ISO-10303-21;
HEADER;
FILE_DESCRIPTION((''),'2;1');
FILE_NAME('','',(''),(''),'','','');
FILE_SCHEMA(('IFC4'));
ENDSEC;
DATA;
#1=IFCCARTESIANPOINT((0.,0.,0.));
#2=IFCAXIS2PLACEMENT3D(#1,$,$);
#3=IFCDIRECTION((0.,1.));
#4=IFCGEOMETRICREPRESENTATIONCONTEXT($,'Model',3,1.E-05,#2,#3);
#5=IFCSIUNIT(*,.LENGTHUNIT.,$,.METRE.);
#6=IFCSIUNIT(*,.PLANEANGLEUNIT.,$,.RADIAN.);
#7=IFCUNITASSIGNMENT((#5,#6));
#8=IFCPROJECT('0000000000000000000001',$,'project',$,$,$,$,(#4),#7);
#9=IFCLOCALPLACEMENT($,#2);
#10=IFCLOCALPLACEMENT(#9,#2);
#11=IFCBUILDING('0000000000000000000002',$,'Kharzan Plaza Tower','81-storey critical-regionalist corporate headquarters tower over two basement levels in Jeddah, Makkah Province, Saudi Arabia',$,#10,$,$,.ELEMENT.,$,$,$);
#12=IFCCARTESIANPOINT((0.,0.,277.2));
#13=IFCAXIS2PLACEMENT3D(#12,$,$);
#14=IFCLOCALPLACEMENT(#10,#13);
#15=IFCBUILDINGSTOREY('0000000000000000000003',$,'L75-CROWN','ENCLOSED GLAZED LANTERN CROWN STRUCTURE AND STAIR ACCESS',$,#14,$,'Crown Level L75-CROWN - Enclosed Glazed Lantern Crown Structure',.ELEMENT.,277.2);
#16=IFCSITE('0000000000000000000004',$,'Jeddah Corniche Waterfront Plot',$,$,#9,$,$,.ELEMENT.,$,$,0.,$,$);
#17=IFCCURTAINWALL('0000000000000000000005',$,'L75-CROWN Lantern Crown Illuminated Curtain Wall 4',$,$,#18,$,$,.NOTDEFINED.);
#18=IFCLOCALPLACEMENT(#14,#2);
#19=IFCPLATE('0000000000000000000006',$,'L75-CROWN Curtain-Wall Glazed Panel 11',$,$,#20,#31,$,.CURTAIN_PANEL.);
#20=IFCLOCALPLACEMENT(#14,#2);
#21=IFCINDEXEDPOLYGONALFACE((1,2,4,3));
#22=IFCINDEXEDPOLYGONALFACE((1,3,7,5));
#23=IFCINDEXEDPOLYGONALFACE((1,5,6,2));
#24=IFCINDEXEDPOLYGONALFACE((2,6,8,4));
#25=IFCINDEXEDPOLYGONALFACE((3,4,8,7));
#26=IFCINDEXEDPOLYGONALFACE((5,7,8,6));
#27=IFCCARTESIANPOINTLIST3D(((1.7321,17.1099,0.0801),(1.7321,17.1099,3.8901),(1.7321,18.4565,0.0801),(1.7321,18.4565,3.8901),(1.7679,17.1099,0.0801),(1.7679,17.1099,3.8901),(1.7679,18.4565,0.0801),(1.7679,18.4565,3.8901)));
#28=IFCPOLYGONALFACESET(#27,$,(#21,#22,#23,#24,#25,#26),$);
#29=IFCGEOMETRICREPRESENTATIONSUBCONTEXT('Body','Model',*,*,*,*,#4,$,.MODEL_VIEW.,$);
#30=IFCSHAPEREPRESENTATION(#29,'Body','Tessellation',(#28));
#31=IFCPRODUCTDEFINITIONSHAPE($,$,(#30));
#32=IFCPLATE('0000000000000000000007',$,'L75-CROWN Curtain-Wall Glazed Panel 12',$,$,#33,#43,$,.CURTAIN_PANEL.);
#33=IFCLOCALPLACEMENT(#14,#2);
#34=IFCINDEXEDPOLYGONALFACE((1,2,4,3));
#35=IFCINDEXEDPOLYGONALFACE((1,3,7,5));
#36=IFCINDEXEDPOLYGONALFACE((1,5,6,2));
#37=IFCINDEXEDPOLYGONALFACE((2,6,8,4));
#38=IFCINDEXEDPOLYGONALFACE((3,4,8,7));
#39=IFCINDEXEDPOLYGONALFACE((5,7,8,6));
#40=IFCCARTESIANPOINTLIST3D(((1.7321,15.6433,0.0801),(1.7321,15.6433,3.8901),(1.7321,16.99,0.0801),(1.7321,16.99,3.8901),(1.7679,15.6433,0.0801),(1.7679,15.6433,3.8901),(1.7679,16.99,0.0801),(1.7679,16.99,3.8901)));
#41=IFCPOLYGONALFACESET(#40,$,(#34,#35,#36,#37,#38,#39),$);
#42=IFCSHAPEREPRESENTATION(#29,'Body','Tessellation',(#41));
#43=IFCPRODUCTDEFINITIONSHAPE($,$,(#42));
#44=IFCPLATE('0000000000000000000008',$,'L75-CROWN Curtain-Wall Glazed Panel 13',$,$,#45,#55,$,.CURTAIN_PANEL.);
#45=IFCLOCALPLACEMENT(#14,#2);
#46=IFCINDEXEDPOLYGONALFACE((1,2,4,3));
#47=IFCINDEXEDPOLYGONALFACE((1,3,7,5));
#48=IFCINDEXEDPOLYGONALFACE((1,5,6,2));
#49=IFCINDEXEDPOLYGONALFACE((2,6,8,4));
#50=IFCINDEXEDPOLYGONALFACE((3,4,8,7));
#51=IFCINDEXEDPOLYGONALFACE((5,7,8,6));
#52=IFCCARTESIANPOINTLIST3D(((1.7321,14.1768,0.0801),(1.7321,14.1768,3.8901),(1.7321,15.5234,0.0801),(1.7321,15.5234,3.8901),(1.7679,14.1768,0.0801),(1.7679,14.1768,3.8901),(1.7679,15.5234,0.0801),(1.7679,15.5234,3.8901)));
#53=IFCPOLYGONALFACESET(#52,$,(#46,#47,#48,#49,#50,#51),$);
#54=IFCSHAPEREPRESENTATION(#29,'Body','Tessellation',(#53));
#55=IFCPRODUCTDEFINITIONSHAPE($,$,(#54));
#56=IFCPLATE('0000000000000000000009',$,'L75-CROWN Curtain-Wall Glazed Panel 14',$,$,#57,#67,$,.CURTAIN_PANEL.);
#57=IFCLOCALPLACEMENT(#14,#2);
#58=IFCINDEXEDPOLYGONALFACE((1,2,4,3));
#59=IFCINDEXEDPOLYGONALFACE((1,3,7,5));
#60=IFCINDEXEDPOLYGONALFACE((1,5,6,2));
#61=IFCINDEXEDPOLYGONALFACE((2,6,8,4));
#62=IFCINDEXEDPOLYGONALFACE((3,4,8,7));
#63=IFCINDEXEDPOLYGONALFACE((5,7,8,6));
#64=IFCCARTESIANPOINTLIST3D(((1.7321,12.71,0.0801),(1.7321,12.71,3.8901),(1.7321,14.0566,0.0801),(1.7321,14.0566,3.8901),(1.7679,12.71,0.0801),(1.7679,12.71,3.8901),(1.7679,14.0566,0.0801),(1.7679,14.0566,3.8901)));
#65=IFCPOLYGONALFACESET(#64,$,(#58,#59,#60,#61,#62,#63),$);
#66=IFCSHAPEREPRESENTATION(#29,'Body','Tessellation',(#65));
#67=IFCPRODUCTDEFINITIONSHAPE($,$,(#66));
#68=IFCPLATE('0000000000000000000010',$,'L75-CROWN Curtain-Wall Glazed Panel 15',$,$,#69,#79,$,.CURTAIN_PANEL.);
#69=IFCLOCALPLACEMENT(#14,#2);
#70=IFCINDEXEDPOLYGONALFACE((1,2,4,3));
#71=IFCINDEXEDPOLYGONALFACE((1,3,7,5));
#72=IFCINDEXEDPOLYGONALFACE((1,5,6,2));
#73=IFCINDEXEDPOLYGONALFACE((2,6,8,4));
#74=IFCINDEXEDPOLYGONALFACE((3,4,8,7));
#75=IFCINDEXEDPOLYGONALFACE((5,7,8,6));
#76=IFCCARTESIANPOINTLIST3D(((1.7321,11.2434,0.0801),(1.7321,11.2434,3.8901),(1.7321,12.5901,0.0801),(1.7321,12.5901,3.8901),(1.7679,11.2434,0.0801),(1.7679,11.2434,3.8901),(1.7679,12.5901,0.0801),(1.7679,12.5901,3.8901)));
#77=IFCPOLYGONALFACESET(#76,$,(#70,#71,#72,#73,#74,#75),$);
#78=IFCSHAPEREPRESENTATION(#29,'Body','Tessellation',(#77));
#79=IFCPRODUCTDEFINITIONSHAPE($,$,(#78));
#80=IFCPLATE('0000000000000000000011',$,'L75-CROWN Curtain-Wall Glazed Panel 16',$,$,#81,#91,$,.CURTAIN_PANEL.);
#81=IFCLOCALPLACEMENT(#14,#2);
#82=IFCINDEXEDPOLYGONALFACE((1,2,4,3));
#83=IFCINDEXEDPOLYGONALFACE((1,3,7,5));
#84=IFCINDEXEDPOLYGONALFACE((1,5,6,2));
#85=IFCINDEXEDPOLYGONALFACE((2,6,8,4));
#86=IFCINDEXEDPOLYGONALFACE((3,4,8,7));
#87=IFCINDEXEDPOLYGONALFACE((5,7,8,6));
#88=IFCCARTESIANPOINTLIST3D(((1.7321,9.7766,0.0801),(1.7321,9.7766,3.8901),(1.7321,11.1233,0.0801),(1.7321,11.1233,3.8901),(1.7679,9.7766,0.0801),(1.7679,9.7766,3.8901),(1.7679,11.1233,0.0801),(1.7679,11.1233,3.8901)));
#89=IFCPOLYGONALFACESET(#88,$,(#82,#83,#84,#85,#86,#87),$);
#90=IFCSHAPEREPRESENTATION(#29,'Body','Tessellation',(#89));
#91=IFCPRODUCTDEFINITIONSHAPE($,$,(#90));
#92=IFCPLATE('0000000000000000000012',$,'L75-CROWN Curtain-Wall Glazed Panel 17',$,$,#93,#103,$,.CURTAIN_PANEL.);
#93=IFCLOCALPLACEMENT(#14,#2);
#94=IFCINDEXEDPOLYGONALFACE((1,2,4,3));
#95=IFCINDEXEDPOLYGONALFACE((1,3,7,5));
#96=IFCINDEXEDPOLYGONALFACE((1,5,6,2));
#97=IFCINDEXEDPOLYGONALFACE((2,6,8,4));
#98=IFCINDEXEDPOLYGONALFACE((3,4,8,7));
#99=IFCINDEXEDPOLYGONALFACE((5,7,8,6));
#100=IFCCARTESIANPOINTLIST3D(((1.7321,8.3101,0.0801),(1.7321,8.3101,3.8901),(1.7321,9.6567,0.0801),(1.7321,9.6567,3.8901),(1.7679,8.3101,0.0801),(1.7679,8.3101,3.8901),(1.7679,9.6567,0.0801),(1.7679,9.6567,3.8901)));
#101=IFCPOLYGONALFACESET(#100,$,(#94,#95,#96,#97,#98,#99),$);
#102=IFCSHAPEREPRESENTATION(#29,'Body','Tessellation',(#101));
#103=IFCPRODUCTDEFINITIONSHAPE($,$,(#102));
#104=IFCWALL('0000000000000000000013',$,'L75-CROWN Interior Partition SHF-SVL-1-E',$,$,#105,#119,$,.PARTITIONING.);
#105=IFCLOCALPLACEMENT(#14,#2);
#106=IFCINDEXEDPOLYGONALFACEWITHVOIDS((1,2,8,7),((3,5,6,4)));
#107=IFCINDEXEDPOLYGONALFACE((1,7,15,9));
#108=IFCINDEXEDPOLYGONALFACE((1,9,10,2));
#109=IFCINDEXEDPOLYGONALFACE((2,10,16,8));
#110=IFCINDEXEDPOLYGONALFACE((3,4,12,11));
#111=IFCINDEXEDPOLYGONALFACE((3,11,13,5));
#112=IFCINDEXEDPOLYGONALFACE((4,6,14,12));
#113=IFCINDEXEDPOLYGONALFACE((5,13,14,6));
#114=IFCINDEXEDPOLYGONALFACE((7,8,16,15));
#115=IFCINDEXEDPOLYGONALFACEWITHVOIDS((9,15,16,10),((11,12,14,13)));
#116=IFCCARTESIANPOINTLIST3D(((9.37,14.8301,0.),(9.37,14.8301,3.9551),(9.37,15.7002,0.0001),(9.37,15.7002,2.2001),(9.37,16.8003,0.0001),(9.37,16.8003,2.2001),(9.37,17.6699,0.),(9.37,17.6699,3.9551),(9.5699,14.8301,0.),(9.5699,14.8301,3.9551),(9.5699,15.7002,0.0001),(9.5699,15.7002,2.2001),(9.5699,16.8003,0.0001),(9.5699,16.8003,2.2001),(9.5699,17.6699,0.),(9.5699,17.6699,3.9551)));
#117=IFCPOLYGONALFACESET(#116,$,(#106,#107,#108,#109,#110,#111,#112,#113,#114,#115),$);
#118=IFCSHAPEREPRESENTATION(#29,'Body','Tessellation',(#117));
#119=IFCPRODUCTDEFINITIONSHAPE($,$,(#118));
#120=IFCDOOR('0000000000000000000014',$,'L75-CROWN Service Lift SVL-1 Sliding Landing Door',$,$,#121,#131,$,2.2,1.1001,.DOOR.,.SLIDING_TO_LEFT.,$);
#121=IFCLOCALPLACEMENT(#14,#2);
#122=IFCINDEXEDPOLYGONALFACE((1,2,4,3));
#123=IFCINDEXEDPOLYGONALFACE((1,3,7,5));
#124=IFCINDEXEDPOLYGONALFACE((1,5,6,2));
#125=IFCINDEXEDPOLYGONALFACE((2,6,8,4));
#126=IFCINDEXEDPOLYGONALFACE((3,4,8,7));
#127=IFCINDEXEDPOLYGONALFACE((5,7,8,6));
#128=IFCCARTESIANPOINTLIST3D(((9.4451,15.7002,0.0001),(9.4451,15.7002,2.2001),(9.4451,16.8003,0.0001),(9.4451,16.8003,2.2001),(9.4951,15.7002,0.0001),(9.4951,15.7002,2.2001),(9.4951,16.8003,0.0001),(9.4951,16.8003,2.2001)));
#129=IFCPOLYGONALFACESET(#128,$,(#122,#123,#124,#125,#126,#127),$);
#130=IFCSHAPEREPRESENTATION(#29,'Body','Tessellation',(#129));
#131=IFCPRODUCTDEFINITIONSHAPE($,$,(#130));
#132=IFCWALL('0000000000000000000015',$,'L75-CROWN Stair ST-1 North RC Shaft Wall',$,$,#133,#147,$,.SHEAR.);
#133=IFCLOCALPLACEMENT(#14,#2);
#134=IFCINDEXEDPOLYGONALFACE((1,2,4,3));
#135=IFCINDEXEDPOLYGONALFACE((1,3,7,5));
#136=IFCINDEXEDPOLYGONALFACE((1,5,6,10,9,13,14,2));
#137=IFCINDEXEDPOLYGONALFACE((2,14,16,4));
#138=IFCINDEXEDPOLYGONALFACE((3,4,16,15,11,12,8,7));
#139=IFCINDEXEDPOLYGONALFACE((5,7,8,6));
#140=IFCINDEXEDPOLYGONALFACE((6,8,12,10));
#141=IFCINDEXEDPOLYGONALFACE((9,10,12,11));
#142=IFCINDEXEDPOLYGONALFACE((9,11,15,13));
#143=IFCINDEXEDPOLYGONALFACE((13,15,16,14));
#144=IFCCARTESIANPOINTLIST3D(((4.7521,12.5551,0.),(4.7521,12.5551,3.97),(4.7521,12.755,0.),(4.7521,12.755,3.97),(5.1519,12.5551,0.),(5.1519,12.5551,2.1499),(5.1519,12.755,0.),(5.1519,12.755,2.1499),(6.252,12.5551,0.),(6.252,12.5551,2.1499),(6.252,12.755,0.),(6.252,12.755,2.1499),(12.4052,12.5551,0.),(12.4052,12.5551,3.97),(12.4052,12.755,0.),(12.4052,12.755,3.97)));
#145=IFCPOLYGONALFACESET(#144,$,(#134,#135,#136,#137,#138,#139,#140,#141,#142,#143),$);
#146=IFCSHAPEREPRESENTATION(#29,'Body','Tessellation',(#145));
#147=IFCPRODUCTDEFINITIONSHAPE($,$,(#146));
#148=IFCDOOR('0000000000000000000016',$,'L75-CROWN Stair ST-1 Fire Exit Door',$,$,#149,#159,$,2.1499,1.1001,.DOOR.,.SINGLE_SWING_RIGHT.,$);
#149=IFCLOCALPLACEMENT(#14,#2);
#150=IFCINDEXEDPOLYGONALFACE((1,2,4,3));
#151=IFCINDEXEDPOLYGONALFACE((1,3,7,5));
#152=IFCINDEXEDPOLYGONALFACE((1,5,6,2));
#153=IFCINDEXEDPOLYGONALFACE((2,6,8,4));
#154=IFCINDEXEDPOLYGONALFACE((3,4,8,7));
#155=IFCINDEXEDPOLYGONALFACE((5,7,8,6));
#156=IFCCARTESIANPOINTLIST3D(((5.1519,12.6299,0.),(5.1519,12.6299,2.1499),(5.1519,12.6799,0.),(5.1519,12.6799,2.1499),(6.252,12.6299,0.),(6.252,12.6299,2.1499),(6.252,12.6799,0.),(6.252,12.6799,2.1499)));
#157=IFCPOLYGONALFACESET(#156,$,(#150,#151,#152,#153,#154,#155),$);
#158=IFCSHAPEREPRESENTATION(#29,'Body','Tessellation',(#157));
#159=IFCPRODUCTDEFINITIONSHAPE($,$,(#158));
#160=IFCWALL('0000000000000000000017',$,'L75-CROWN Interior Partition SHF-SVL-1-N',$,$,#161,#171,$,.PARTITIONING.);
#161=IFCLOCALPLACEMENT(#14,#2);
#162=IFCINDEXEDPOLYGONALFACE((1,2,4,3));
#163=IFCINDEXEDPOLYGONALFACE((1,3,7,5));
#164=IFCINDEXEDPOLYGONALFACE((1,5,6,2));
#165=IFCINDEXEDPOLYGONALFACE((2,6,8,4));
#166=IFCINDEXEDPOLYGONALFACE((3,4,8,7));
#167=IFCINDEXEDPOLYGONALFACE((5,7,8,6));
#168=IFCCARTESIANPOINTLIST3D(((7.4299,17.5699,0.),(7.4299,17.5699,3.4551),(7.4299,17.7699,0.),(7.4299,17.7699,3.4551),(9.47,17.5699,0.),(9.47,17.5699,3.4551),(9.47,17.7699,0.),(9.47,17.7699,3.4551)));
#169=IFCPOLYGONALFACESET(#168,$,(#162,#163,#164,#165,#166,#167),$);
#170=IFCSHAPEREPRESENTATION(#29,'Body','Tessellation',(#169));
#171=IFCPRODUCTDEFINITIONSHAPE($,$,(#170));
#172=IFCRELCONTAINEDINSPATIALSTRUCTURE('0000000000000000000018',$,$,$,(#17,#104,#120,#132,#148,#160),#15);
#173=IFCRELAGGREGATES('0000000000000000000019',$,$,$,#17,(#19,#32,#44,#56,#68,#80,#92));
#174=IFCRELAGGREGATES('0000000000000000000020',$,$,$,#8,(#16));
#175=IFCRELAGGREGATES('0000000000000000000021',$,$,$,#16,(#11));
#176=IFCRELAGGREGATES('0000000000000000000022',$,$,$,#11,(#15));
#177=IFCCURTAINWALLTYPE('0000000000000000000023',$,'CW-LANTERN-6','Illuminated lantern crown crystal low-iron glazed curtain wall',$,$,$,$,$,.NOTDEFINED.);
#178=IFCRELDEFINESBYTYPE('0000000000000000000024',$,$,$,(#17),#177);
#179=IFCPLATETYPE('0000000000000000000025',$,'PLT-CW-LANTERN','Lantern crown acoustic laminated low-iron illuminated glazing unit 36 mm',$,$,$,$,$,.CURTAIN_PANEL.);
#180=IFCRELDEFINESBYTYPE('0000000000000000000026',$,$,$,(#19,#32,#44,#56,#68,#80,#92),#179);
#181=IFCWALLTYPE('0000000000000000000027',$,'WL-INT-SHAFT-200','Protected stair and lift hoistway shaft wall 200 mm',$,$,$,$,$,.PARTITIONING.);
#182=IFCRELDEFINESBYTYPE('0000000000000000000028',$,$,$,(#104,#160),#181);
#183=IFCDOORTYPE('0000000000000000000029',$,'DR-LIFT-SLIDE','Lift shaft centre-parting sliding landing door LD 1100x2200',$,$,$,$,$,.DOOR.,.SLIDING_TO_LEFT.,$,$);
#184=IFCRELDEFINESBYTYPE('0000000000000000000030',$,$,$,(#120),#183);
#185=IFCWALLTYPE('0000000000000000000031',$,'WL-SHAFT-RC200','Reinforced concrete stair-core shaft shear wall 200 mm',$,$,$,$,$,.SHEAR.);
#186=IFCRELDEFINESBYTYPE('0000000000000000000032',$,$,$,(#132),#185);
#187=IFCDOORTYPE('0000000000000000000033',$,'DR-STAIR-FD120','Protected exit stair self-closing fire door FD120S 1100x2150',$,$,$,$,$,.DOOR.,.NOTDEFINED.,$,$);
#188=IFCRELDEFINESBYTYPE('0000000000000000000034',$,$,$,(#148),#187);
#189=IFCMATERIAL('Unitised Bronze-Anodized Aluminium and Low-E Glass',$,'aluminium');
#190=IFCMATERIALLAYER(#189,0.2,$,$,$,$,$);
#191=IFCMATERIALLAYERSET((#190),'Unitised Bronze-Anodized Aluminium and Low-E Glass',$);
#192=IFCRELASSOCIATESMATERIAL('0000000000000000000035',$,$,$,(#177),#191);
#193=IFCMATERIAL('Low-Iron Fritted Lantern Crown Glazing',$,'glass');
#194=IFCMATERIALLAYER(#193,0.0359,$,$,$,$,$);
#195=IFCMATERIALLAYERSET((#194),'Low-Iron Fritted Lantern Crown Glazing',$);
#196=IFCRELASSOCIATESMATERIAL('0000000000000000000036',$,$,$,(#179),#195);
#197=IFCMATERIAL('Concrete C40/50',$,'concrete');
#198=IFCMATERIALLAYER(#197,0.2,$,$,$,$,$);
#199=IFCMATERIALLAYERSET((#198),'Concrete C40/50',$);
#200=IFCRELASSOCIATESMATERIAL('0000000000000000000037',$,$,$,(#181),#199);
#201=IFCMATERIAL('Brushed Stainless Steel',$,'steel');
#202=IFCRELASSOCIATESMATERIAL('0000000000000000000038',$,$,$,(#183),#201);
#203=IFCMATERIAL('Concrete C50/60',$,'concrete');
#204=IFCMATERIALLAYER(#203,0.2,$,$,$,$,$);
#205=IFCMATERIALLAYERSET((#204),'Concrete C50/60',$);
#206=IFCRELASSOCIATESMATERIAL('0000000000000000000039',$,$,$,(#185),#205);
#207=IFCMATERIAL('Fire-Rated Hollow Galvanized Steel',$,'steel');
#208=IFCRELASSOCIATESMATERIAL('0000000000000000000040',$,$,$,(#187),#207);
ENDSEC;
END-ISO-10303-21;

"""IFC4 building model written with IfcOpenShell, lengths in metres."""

from ifc_helpers import new_model, si_unit, direction, frame, frame_2d, origin, origin_2d, place, context, subcontext, project, spatial, rectangle, extrude, source, transform, mapped, material, layer, layer_set, type_object, element, fill, aggregate, save


model = new_model("IFC4")

# Units and contexts
model_context = context("Model", 3, precision=1e-05, world=origin(), true_north=direction((0.0, 1.0)))
body_context = subcontext(model_context, "Body", "Model", "MODEL_VIEW")
ifc_project = project(units=[si_unit("LENGTHUNIT", "METRE"), si_unit("PLANEANGLEUNIT", "RADIAN")], contexts=[model_context])

# Site, building, storey
site_placement = place(None, origin())
site = spatial("IfcSite", under=ifc_project, at=site_placement, Name="Jeddah Corniche Waterfront Plot", CompositionType="ELEMENT", RefElevation=0.0)
building_placement = place(site_placement, origin())
building = spatial("IfcBuilding", under=site, at=building_placement, Name="Kharzan Plaza Tower", Description="81-storey critical-regionalist corporate headquarters tower over two basement levels in Jeddah, Makkah Province, Saudi Arabia", CompositionType="ELEMENT")
storey_placement = place(building_placement, frame((0.0, 0.0, 277.2)))
storey = spatial("IfcBuildingStorey", under=building, at=storey_placement, Name="L75-CROWN", Description="ENCLOSED GLAZED LANTERN CROWN STRUCTURE AND STAIR ACCESS", LongName="Crown Level L75-CROWN - Enclosed Glazed Lantern Crown Structure", CompositionType="ELEMENT", Elevation=277.2)

# Curtain wall, plates
ifc_material_1 = material(Name="Unitised Bronze-Anodized Aluminium and Low-E Glass", Category="aluminium")
ifc_layer_1 = layer(ifc_material_1, 0.2)
ifc_layer_set_1 = layer_set([ifc_layer_1], Name="Unitised Bronze-Anodized Aluminium and Low-E Glass")
curtain_wall_type = type_object("IfcCurtainWallType", Name="CW-LANTERN-6", Description="Illuminated lantern crown crystal low-iron glazed curtain wall", PredefinedType="NOTDEFINED", material=ifc_layer_set_1)
curtain_wall_placement = place(storey_placement, origin())
curtain_wall = element("IfcCurtainWall", 1, at=curtain_wall_placement, inside=storey, type_object=curtain_wall_type, Name="L75-CROWN Lantern Crown Illuminated Curtain Wall 4", PredefinedType="NOTDEFINED")
ifc_material_2 = material(Name="Low-Iron Fritted Lantern Crown Glazing", Category="glass")
ifc_layer_2 = layer(ifc_material_2, 0.0359)
ifc_layer_set_2 = layer_set([ifc_layer_2], Name="Low-Iron Fritted Lantern Crown Glazing")
plate_type = type_object("IfcPlateType", Name="PLT-CW-LANTERN", Description="Lantern crown acoustic laminated low-iron illuminated glazing unit 36 mm", PredefinedType="CURTAIN_PANEL", material=ifc_layer_set_2)
shared_shape_1 = source(origin(), body_context, "Body", "SweptSolid", [
    extrude(rectangle(XDim=1.3467, YDim=0.0359, at=origin_2d()), origin(), (0.0, 0.0, 1.0), 3.8101),
])
plate_1_placement = place(storey_placement, frame((1.75, 17.7832, 0.0801), z_axis=(0.0, 0.0, 1.0), x_axis=(0.0, -1.0, 0.0)))
plate_1 = element("IfcPlate", 2, at=plate_1_placement, type_object=plate_type, Name="L75-CROWN Curtain-Wall Glazed Panel 11", PredefinedType="CURTAIN_PANEL", context=body_context, shape_type="MappedRepresentation", body=[
    mapped(shared_shape_1, transform((0.0, 0.0, 0.0), x_axis=(1.0, 0.0, 0.0), y_axis=(0.0, 1.0, 0.0), z_axis=(0.0, 0.0, 1.0))),
])
plate_2_placement = place(storey_placement, frame((1.75, 16.3167, 0.0801), z_axis=(0.0, 0.0, 1.0), x_axis=(0.0, -1.0, 0.0)))
plate_2 = element("IfcPlate", 3, at=plate_2_placement, type_object=plate_type, Name="L75-CROWN Curtain-Wall Glazed Panel 12", PredefinedType="CURTAIN_PANEL", context=body_context, shape_type="MappedRepresentation", body=[
    mapped(shared_shape_1, transform((0.0, 0.0, 0.0), x_axis=(1.0, 0.0, 0.0), y_axis=(0.0, 1.0, 0.0), z_axis=(0.0, 0.0, 1.0))),
])
plate_3_placement = place(storey_placement, frame((1.75, 14.8501, 0.0801), z_axis=(0.0, 0.0, 1.0), x_axis=(0.0, -1.0, 0.0)))
plate_3 = element("IfcPlate", 4, at=plate_3_placement, type_object=plate_type, Name="L75-CROWN Curtain-Wall Glazed Panel 13", PredefinedType="CURTAIN_PANEL", context=body_context, shape_type="MappedRepresentation", body=[
    mapped(shared_shape_1, transform((0.0, 0.0, 0.0), x_axis=(1.0, 0.0, 0.0), y_axis=(0.0, 1.0, 0.0), z_axis=(0.0, 0.0, 1.0))),
])
plate_4_placement = place(storey_placement, frame((1.75, 13.3833, 0.0801), z_axis=(0.0, 0.0, 1.0), x_axis=(0.0, -1.0, 0.0)))
plate_4 = element("IfcPlate", 5, at=plate_4_placement, type_object=plate_type, Name="L75-CROWN Curtain-Wall Glazed Panel 14", PredefinedType="CURTAIN_PANEL", context=body_context, shape_type="MappedRepresentation", body=[
    mapped(shared_shape_1, transform((0.0, 0.0, 0.0), x_axis=(1.0, 0.0, 0.0), y_axis=(0.0, 1.0, 0.0), z_axis=(0.0, 0.0, 1.0))),
])
plate_5_placement = place(storey_placement, frame((1.75, 11.9167, 0.0801), z_axis=(0.0, 0.0, 1.0), x_axis=(0.0, -1.0, 0.0)))
plate_5 = element("IfcPlate", 6, at=plate_5_placement, type_object=plate_type, Name="L75-CROWN Curtain-Wall Glazed Panel 15", PredefinedType="CURTAIN_PANEL", context=body_context, shape_type="MappedRepresentation", body=[
    mapped(shared_shape_1, transform((0.0, 0.0, 0.0), x_axis=(1.0, 0.0, 0.0), y_axis=(0.0, 1.0, 0.0), z_axis=(0.0, 0.0, 1.0))),
])
plate_6_placement = place(storey_placement, frame((1.75, 10.45, 0.0801), z_axis=(0.0, 0.0, 1.0), x_axis=(0.0, -1.0, 0.0)))
plate_6 = element("IfcPlate", 7, at=plate_6_placement, type_object=plate_type, Name="L75-CROWN Curtain-Wall Glazed Panel 16", PredefinedType="CURTAIN_PANEL", context=body_context, shape_type="MappedRepresentation", body=[
    mapped(shared_shape_1, transform((0.0, 0.0, 0.0), x_axis=(1.0, 0.0, 0.0), y_axis=(0.0, 1.0, 0.0), z_axis=(0.0, 0.0, 1.0))),
])
plate_7_placement = place(storey_placement, frame((1.75, 8.9834, 0.0801), z_axis=(0.0, 0.0, 1.0), x_axis=(0.0, -1.0, 0.0)))
plate_7 = element("IfcPlate", 8, at=plate_7_placement, type_object=plate_type, Name="L75-CROWN Curtain-Wall Glazed Panel 17", PredefinedType="CURTAIN_PANEL", context=body_context, shape_type="MappedRepresentation", body=[
    mapped(shared_shape_1, transform((0.0, 0.0, 0.0), x_axis=(1.0, 0.0, 0.0), y_axis=(0.0, 1.0, 0.0), z_axis=(0.0, 0.0, 1.0))),
])
aggregate(curtain_wall, [plate_1, plate_2, plate_3, plate_4, plate_5, plate_6, plate_7])

# Walls, openings, doors
ifc_material_3 = material(Name="Concrete C40/50", Category="concrete")
ifc_layer_3 = layer(ifc_material_3, 0.2)
ifc_layer_set_3 = layer_set([ifc_layer_3], Name="Concrete C40/50")
wall_type_1 = type_object("IfcWallType", Name="WL-INT-SHAFT-200", Description="Protected stair and lift hoistway shaft wall 200 mm", PredefinedType="PARTITIONING", material=ifc_layer_set_3)
wall_1_placement = place(storey_placement, frame((9.47, 14.8301, 0.0), z_axis=(0.0, 0.0, 1.0), x_axis=(0.0, 1.0, 0.0)))
wall_1 = element("IfcWall", 9, at=wall_1_placement, inside=storey, type_object=wall_type_1, Name="L75-CROWN Interior Partition SHF-SVL-1-E", PredefinedType="PARTITIONING", context=body_context, shape_type="SweptSolid", body=[
    extrude(rectangle(XDim=2.8398, YDim=0.2, at=frame_2d((1.4199, 0.0))), origin(), (0.0, 0.0, 1.0), 3.9551),
])
opening_1_placement = place(wall_1_placement, frame((0.8701, 0.0, 0.0)))
opening_1 = element("IfcOpeningElement", 10, at=opening_1_placement, cuts=wall_1, PredefinedType="OPENING", context=body_context, shape_type="SweptSolid", body=[
    extrude(rectangle(XDim=1.1001, YDim=2.2, at=frame_2d((0.55, 1.1001))), frame((0.0, 0.1099, 0.0), z_axis=(0.0, -1.0, 0.0), x_axis=(1.0, 0.0, 0.0)), (0.0, 0.0, 1.0), 0.22),
])
ifc_material_4 = material(Name="Brushed Stainless Steel", Category="steel")
door_type_1 = type_object("IfcDoorType", Name="DR-LIFT-SLIDE", Description="Lift shaft centre-parting sliding landing door LD 1100x2200", OperationType="SLIDING_TO_LEFT", PredefinedType="DOOR", material=ifc_material_4)
shared_shape_2 = source(origin(), body_context, "Body", "SweptSolid", [
    extrude(rectangle(XDim=1.1001, YDim=2.2, at=frame_2d((0.55, 1.1001))), frame((0.0, 0.0249, 0.0), z_axis=(0.0, -1.0, 0.0), x_axis=(1.0, 0.0, 0.0)), (0.0, 0.0, 1.0), 0.05),
])
door_1_placement = place(opening_1_placement, origin())
door_1 = element("IfcDoor", 11, at=door_1_placement, inside=storey, type_object=door_type_1, Name="L75-CROWN Service Lift SVL-1 Sliding Landing Door", OperationType="SLIDING_TO_LEFT", OverallHeight=2.2, OverallWidth=1.1001, PredefinedType="DOOR", context=body_context, shape_type="MappedRepresentation", body=[
    mapped(shared_shape_2, transform((0.0, 0.0, 0.0), x_axis=(1.0, 0.0, 0.0), y_axis=(0.0, 1.0, 0.0), z_axis=(0.0, 0.0, 1.0))),
])
fill(opening_1, door_1)
ifc_material_5 = material(Name="Concrete C50/60", Category="concrete")
ifc_layer_4 = layer(ifc_material_5, 0.2)
ifc_layer_set_4 = layer_set([ifc_layer_4], Name="Concrete C50/60")
wall_type_2 = type_object("IfcWallType", Name="WL-SHAFT-RC200", Description="Reinforced concrete stair-core shaft shear wall 200 mm", PredefinedType="SHEAR", material=ifc_layer_set_4)
wall_2_placement = place(storey_placement, frame((4.752, 12.655, 0.0), z_axis=(0.0, 0.0, 1.0), x_axis=(1.0, 0.0, 0.0)))
wall_2 = element("IfcWall", 12, at=wall_2_placement, inside=storey, type_object=wall_type_2, Name="L75-CROWN Stair ST-1 North RC Shaft Wall", PredefinedType="SHEAR", context=body_context, shape_type="SweptSolid", body=[
    extrude(rectangle(XDim=7.6531, YDim=0.2, at=frame_2d((3.8267, 0.0))), origin(), (0.0, 0.0, 1.0), 3.97),
])
opening_2_placement = place(wall_2_placement, frame((0.3999, 0.0, 0.0)))
opening_2 = element("IfcOpeningElement", 13, at=opening_2_placement, cuts=wall_2, PredefinedType="OPENING", context=body_context, shape_type="SweptSolid", body=[
    extrude(rectangle(XDim=1.1001, YDim=2.1499, at=frame_2d((0.55, 1.075))), frame((0.0, 0.1099, 0.0), z_axis=(0.0, -1.0, 0.0), x_axis=(1.0, 0.0, 0.0)), (0.0, 0.0, 1.0), 0.22),
])
ifc_material_6 = material(Name="Fire-Rated Hollow Galvanized Steel", Category="steel")
door_type_2 = type_object("IfcDoorType", Name="DR-STAIR-FD120", Description="Protected exit stair self-closing fire door FD120S 1100x2150", OperationType="NOTDEFINED", PredefinedType="DOOR", material=ifc_material_6)
shared_shape_3 = source(origin(), body_context, "Body", "SweptSolid", [
    extrude(rectangle(XDim=1.1001, YDim=2.1499, at=frame_2d((0.55, 1.075))), frame((0.0, 0.0249, 0.0), z_axis=(0.0, -1.0, 0.0), x_axis=(1.0, 0.0, 0.0)), (0.0, 0.0, 1.0), 0.05),
])
door_2_placement = place(opening_2_placement, origin())
door_2 = element("IfcDoor", 14, at=door_2_placement, inside=storey, type_object=door_type_2, Name="L75-CROWN Stair ST-1 Fire Exit Door", OperationType="SINGLE_SWING_RIGHT", OverallHeight=2.1499, OverallWidth=1.1001, PredefinedType="DOOR", context=body_context, shape_type="MappedRepresentation", body=[
    mapped(shared_shape_3, transform((0.0, 0.0, 0.0), x_axis=(1.0, 0.0, 0.0), y_axis=(0.0, 1.0, 0.0), z_axis=(0.0, 0.0, 1.0))),
])
fill(opening_2, door_2)

# Wall
shared_shape_4 = source(origin(), body_context, "Body", "SweptSolid", [
    extrude(rectangle(XDim=2.04, YDim=0.2, at=frame_2d((1.02, 0.0))), origin(), (0.0, 0.0, 1.0), 3.4551),
])
wall_3_placement = place(storey_placement, frame((7.4299, 17.6699, 0.0), z_axis=(0.0, 0.0, 1.0), x_axis=(1.0, 0.0, 0.0)))
element("IfcWall", 15, at=wall_3_placement, inside=storey, type_object=wall_type_1, Name="L75-CROWN Interior Partition SHF-SVL-1-N", PredefinedType="PARTITIONING", context=body_context, shape_type="MappedRepresentation", body=[
    mapped(shared_shape_4, transform((0.0, 0.0, 0.0), x_axis=(1.0, 0.0, 0.0), y_axis=(0.0, 1.0, 0.0), z_axis=(0.0, 0.0, 1.0))),
])

save(model, "model.ifc")
